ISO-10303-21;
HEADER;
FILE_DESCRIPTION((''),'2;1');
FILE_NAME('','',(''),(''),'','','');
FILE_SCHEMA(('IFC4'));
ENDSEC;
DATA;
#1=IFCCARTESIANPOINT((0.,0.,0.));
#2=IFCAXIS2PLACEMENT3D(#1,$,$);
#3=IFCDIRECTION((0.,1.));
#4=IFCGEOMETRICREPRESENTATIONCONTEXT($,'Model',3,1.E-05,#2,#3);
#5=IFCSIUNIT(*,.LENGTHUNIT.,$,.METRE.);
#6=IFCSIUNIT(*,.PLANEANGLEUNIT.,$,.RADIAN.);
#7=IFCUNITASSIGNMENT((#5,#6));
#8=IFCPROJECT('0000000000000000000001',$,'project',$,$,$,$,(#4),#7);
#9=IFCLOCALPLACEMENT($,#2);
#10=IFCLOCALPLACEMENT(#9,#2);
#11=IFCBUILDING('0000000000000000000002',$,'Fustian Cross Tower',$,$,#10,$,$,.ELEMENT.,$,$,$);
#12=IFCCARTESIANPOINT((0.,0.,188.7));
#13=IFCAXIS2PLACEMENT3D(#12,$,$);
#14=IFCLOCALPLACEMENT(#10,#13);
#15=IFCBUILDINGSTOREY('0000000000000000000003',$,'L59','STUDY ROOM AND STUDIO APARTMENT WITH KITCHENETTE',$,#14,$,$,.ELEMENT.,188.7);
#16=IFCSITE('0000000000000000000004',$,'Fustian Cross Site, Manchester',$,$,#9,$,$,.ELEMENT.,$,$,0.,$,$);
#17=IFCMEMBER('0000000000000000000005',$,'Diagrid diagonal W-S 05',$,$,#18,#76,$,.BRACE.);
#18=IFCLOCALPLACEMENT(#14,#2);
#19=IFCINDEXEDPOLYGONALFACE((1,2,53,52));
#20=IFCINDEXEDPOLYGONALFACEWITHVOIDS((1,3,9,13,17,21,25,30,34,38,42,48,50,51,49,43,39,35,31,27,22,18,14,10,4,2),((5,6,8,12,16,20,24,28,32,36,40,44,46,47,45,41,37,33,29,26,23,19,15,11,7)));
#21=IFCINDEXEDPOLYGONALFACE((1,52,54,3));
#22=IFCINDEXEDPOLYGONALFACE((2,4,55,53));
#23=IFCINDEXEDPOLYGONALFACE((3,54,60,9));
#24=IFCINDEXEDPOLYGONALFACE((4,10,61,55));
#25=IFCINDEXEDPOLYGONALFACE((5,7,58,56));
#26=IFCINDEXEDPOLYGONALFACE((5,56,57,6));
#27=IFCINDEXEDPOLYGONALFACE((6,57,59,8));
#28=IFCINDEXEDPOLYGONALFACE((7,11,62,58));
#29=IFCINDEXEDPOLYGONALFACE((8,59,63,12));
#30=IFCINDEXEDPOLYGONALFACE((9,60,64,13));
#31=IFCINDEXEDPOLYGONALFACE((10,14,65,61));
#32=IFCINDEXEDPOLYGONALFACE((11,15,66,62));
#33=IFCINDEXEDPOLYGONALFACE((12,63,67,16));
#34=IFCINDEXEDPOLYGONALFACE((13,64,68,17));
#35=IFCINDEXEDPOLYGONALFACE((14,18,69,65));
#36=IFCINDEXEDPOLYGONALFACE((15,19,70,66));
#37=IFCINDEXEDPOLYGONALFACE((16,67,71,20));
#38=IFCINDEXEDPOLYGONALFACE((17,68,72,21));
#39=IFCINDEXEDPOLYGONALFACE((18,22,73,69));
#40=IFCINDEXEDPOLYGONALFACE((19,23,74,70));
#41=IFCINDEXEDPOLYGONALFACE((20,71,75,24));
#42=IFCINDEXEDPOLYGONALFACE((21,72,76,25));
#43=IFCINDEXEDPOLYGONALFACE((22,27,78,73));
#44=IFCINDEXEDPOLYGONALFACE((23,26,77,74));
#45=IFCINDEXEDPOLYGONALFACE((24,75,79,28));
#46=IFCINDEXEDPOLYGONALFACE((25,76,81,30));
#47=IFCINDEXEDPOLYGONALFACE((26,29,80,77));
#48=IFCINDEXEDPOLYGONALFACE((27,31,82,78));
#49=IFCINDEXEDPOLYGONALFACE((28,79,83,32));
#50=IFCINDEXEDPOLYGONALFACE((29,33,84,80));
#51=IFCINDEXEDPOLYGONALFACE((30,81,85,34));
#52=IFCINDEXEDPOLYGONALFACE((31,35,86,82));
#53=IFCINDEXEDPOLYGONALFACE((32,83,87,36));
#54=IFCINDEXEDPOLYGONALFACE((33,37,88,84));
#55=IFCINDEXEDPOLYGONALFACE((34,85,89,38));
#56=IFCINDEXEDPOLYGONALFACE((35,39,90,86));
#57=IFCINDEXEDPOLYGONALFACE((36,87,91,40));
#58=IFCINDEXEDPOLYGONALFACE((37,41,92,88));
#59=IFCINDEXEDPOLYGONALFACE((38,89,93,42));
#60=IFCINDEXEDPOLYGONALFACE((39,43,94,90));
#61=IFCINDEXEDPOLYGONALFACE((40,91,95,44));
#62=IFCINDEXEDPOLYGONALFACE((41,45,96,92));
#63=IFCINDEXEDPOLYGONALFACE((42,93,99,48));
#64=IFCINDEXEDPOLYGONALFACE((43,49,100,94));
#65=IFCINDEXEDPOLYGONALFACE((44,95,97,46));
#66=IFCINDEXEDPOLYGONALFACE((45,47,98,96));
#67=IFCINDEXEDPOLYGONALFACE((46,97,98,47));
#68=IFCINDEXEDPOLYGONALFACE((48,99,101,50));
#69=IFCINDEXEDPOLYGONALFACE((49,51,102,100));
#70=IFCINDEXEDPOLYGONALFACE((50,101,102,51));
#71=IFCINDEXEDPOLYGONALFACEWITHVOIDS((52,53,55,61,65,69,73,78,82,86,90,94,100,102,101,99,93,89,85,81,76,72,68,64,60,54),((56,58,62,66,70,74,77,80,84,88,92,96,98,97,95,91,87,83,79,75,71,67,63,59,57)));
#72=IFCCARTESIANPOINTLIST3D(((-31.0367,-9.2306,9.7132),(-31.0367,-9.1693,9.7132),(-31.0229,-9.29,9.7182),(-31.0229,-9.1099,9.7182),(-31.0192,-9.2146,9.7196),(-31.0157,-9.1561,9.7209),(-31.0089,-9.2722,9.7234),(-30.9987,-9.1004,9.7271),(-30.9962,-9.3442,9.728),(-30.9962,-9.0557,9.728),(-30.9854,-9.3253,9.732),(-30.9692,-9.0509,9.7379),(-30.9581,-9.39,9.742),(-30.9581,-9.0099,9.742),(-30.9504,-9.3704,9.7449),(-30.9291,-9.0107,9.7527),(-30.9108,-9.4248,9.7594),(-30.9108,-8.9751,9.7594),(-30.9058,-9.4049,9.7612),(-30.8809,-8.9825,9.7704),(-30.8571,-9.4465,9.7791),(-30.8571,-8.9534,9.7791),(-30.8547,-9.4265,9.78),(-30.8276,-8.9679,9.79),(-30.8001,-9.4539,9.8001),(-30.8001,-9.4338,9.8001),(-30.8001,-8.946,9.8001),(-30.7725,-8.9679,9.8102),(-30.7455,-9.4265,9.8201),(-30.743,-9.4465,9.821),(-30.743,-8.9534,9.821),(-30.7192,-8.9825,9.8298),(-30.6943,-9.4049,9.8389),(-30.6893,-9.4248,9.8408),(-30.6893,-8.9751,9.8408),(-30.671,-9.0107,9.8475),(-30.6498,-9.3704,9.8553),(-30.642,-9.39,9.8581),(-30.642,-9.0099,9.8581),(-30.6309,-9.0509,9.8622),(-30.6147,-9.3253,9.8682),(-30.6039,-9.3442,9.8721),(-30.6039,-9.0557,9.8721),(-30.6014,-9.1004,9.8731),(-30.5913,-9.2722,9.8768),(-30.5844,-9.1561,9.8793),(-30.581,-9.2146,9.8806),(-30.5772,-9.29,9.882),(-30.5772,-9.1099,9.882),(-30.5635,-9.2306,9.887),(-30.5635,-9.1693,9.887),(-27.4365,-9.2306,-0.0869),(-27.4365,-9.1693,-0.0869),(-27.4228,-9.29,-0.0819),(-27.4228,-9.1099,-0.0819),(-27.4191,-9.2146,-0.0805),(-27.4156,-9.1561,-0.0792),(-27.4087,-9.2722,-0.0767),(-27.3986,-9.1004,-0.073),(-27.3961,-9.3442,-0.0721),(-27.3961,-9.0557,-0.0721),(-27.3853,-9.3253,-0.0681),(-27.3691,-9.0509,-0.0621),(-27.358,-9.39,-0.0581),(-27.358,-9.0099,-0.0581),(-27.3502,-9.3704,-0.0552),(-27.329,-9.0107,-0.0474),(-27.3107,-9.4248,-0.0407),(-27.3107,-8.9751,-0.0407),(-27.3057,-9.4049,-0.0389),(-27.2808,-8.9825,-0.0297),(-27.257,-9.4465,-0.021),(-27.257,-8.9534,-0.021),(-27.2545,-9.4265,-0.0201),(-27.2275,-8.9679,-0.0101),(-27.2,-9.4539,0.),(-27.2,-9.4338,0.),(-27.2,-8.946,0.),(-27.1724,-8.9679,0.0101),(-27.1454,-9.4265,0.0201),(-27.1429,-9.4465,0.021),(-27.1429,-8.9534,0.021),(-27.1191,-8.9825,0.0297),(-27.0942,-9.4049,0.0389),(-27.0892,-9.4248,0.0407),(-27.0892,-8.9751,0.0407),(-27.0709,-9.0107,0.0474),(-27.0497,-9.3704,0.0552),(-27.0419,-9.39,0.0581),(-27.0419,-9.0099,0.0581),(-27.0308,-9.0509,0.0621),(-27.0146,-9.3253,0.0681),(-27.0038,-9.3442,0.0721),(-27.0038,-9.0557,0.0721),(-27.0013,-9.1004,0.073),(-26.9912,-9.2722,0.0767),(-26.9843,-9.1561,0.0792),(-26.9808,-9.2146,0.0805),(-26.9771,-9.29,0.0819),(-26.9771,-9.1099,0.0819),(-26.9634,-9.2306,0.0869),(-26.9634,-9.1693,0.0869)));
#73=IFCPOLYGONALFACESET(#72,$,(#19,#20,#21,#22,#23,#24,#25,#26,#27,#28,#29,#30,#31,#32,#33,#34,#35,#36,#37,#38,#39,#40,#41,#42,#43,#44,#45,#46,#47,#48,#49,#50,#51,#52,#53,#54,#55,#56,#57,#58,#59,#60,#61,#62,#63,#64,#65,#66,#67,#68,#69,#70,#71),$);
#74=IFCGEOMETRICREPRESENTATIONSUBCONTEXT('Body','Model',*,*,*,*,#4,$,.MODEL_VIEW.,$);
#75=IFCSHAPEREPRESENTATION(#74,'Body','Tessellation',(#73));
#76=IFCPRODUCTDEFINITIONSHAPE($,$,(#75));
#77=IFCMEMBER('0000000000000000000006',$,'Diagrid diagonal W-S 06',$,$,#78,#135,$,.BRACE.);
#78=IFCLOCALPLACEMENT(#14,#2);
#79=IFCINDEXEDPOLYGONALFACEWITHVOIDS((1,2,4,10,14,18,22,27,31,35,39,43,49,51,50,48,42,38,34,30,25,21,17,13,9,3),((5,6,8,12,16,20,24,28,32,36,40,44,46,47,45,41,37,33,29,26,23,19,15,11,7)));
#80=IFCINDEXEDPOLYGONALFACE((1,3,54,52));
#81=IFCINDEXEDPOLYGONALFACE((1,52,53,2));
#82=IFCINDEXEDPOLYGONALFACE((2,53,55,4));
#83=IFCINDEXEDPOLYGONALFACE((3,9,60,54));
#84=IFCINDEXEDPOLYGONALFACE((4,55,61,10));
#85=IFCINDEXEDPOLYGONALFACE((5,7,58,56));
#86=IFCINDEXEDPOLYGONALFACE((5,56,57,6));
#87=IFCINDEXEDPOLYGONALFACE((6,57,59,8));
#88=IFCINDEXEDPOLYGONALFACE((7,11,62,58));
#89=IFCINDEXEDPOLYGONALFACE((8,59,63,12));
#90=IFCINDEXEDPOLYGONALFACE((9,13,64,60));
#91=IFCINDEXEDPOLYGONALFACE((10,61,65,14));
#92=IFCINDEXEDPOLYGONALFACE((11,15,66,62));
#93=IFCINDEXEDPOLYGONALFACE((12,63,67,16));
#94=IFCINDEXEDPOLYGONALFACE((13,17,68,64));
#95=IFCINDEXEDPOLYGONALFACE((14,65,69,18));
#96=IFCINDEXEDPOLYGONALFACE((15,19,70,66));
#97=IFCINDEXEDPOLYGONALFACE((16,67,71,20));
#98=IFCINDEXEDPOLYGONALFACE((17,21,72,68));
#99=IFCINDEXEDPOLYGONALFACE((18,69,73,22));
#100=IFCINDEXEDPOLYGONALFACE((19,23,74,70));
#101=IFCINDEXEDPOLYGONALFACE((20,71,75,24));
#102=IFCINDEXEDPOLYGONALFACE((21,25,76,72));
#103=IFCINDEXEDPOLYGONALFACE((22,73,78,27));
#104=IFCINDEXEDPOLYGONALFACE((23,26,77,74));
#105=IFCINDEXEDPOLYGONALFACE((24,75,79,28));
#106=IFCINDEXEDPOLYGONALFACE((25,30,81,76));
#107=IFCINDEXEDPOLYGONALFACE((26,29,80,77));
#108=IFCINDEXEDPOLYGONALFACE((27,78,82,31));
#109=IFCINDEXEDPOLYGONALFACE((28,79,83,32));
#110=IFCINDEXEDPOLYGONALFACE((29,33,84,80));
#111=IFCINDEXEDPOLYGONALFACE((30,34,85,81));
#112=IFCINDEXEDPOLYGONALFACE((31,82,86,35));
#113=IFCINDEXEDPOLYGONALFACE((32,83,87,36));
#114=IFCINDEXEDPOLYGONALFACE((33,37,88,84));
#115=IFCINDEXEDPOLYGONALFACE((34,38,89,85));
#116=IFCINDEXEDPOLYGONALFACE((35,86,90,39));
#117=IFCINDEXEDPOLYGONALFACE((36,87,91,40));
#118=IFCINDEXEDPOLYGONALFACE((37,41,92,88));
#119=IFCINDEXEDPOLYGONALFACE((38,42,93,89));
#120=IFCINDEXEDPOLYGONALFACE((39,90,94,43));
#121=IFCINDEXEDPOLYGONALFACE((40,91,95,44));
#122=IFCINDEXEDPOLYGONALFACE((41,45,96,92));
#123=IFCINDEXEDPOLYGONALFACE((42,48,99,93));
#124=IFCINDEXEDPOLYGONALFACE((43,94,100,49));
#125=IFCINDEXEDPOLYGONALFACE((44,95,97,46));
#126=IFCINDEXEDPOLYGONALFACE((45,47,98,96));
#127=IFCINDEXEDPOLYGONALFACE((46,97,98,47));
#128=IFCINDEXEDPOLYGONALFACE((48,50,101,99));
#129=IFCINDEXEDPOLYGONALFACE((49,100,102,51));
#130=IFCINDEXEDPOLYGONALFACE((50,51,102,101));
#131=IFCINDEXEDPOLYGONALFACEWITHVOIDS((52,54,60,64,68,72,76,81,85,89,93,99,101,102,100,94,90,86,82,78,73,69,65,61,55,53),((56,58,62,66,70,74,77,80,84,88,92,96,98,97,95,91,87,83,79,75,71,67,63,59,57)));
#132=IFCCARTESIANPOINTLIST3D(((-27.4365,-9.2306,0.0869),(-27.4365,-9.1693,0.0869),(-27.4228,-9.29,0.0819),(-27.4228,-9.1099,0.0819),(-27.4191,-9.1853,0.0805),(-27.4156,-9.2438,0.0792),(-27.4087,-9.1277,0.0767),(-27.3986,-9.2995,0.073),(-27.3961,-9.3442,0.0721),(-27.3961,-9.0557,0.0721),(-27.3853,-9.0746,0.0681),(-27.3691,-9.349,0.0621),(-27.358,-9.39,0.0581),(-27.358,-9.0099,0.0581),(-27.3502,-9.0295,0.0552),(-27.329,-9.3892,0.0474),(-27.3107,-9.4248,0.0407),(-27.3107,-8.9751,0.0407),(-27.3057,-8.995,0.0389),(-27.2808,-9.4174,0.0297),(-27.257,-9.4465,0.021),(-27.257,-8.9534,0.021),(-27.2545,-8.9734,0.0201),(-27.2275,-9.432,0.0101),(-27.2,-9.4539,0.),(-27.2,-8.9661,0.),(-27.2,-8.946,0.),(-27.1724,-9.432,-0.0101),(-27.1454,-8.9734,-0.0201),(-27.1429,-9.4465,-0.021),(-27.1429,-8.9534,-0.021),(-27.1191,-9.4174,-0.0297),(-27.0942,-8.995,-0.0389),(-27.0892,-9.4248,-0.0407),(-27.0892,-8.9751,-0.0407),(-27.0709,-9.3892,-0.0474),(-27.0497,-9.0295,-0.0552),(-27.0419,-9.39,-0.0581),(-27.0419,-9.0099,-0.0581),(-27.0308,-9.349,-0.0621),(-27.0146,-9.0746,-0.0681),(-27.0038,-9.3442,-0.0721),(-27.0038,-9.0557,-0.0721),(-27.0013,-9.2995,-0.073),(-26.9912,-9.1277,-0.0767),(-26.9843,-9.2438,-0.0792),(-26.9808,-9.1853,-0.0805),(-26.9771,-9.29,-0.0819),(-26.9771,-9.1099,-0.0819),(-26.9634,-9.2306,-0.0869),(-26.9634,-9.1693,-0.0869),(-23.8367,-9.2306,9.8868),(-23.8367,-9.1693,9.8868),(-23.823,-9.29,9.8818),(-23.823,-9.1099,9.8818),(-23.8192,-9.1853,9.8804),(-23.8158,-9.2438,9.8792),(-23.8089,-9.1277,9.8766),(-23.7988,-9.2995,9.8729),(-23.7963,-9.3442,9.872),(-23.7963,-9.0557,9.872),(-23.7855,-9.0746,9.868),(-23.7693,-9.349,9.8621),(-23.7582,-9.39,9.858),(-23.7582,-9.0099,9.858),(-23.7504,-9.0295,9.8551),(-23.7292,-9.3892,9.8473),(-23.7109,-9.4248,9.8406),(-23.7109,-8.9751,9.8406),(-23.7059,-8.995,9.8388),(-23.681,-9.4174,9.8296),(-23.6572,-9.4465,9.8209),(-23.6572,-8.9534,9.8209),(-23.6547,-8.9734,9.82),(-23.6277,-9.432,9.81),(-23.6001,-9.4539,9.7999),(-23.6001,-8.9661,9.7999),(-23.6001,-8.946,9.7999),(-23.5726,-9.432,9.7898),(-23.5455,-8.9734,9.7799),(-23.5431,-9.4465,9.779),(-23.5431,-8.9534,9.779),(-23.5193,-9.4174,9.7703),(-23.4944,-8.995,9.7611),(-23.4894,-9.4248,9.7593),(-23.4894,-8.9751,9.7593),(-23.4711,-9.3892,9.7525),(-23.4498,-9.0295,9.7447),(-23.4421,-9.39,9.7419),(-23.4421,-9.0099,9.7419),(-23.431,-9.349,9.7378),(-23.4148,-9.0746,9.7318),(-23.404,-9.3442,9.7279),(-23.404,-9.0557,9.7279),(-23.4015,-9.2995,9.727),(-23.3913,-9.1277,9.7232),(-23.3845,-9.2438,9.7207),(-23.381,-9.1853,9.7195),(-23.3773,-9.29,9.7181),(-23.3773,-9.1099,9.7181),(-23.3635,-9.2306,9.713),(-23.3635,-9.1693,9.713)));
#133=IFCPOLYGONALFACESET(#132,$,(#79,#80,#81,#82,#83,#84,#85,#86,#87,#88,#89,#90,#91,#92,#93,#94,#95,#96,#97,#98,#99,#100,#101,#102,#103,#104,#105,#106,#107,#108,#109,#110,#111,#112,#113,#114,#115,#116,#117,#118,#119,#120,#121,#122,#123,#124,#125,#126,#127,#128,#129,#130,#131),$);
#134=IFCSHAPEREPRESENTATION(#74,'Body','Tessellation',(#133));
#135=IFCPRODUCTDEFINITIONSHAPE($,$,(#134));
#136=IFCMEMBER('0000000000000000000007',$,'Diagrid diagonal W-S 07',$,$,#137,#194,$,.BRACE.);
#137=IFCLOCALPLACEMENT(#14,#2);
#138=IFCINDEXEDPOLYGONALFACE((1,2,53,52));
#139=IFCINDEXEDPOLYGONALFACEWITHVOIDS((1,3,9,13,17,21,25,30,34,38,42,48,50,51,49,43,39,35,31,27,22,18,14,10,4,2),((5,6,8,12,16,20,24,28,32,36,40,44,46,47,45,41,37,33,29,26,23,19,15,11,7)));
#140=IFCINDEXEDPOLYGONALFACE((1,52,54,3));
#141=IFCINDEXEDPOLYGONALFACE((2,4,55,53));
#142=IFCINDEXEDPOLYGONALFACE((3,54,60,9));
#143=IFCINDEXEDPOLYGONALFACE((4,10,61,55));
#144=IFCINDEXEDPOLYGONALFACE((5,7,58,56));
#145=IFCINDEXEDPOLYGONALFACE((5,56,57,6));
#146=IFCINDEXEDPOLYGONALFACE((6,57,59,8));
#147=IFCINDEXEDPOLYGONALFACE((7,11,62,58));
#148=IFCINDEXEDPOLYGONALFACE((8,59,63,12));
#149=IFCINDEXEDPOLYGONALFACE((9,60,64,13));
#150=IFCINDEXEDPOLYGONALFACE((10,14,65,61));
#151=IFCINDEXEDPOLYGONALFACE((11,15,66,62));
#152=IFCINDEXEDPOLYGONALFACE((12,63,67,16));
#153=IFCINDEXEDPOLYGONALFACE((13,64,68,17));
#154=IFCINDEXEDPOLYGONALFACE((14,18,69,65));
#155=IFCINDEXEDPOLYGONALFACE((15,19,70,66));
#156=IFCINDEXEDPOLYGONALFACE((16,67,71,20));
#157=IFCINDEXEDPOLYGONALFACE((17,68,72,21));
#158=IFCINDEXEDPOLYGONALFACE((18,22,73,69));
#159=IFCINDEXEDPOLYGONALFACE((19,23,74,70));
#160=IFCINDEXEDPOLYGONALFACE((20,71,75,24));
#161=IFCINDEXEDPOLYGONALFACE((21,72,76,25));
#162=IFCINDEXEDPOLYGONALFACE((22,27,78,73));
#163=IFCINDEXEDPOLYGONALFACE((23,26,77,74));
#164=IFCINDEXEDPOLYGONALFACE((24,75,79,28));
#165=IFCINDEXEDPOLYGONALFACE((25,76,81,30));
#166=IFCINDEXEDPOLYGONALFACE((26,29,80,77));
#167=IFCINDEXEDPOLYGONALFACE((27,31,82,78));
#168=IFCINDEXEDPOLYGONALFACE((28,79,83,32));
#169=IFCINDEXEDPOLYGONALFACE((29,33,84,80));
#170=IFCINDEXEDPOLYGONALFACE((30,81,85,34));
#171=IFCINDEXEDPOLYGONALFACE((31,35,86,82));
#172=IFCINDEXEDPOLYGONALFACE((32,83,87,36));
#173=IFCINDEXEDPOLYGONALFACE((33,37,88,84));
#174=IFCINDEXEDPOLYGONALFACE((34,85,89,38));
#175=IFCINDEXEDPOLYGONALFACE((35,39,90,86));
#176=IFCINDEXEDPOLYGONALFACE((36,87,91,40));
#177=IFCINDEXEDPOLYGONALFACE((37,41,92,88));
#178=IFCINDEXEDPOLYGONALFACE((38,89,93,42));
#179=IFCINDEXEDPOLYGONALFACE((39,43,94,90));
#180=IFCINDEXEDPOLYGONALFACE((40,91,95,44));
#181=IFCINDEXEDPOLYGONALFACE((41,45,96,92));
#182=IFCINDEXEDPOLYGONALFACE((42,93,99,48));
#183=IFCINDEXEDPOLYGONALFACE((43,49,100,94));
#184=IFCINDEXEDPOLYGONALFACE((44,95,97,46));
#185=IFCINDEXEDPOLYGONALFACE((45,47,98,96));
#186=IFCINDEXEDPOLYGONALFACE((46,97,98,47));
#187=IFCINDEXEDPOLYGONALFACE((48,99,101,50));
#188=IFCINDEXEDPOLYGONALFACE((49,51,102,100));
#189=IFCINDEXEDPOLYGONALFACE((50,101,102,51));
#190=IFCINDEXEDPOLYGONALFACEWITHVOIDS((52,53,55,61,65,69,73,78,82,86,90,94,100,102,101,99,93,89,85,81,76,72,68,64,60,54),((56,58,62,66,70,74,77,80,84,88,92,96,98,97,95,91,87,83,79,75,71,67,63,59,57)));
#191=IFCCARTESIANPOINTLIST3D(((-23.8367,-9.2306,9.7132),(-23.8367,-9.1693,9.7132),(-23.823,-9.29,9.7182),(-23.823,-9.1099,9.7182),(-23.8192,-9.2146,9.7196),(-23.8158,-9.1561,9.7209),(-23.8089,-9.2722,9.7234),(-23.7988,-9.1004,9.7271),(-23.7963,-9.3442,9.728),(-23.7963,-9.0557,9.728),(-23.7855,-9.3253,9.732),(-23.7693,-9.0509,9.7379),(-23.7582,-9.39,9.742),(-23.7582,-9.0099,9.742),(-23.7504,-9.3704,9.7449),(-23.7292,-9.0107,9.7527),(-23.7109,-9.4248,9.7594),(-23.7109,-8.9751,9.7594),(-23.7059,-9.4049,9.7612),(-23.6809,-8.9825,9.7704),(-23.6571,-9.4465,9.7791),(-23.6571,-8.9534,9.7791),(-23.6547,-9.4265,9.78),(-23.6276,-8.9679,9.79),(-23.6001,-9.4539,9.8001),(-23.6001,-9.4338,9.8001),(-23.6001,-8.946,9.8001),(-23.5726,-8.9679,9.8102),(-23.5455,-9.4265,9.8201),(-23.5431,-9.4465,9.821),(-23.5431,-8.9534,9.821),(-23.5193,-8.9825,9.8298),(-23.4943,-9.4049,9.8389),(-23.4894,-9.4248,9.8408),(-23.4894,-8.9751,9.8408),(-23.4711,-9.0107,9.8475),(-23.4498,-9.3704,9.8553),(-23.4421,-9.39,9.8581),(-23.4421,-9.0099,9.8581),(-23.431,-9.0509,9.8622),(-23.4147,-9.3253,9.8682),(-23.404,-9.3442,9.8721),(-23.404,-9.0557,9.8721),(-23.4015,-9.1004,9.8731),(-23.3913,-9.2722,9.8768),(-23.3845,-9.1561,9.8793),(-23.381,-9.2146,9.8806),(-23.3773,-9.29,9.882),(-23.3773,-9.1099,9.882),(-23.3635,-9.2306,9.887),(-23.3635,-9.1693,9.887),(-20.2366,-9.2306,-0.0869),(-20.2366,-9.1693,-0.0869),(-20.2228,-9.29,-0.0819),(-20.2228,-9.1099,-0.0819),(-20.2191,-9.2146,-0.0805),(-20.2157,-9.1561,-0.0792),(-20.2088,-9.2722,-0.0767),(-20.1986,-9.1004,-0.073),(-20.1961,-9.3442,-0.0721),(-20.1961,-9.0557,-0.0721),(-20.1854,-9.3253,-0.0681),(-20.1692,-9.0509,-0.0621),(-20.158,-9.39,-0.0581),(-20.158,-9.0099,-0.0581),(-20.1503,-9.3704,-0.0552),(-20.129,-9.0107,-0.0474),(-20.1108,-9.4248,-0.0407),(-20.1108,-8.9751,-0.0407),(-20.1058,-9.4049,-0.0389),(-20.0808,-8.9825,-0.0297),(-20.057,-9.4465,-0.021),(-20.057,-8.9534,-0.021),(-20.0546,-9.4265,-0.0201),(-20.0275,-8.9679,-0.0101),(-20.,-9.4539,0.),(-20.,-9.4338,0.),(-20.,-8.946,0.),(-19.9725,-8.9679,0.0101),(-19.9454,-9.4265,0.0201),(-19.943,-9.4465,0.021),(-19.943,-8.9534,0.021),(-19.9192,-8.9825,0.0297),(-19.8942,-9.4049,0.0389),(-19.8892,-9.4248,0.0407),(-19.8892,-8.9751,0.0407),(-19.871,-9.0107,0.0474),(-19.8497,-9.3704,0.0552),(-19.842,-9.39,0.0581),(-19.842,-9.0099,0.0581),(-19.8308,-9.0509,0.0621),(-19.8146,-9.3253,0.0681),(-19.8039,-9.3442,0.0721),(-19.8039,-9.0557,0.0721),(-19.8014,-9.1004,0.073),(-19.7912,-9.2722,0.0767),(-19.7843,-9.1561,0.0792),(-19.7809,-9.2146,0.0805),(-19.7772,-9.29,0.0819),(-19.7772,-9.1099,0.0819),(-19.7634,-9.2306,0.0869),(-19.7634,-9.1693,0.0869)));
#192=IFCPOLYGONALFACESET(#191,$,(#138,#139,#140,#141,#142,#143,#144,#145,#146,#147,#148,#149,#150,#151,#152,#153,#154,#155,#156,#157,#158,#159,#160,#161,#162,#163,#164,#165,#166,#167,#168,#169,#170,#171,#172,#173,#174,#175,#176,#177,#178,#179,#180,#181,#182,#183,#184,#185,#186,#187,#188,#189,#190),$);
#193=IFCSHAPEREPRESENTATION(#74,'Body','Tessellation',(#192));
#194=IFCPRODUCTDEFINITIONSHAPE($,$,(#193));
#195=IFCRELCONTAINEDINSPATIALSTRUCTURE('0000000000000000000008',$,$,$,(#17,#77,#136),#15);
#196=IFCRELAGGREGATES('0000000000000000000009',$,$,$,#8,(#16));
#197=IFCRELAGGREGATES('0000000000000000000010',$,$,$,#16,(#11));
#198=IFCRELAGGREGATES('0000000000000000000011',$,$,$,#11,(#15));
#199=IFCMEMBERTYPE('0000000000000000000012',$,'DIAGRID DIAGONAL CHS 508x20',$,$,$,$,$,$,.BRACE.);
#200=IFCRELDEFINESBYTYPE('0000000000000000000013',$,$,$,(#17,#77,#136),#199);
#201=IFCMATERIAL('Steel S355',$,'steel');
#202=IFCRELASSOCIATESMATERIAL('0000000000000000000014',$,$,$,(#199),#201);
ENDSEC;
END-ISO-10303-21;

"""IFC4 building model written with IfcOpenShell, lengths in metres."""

from ifc_helpers import new_model, si_unit, direction, frame, origin, origin_2d, place, context, subcontext, project, spatial, hollow_circle, extrude, material, material_profile, profile_set, type_object, element, save


model = new_model("IFC4")

# Units and contexts
model_context = context("Model", 3, precision=1e-05, world=origin(), true_north=direction((0.0, 1.0)))
body_context = subcontext(model_context, "Body", "Model", "MODEL_VIEW")
ifc_project = project(units=[si_unit("LENGTHUNIT", "METRE"), si_unit("PLANEANGLEUNIT", "RADIAN")], contexts=[model_context])

# Site, building, storey
site_placement = place(None, origin())
site = spatial("IfcSite", under=ifc_project, at=site_placement, Name="Fustian Cross Site, Manchester", CompositionType="ELEMENT", RefElevation=0.0)
building_placement = place(site_placement, origin())
building = spatial("IfcBuilding", under=site, at=building_placement, Name="Fustian Cross Tower", CompositionType="ELEMENT")
storey_placement = place(building_placement, frame((0.0, 0.0, 188.7)))
storey = spatial("IfcBuildingStorey", under=building, at=storey_placement, Name="L59", Description="STUDY ROOM AND STUDIO APARTMENT WITH KITCHENETTE", CompositionType="ELEMENT", Elevation=188.7)

# Members
ifc_material_1 = material(Name="Steel S355", Category="steel")
ifc_material_profile_1 = material_profile(ifc_material_1, hollow_circle(Radius=0.2539, WallThickness=0.02, at=origin_2d()), Name="CHS 508x20")
ifc_profile_set_1 = profile_set([ifc_material_profile_1], Name="Steel S355")
member_type = type_object("IfcMemberType", Name="DIAGRID DIAGONAL CHS 508x20", PredefinedType="BRACE", material=ifc_profile_set_1)
member_1_placement = place(storey_placement, frame((-27.2, -9.2, 0.0), z_axis=(-0.344824, 0.0, 0.938667), x_axis=(0.0, -1.0, 0.0)))
element("IfcMember", 1, at=member_1_placement, inside=storey, type_object=member_type, Name="Diagrid diagonal W-S 05", PredefinedType="BRACE", context=body_context, shape_type="SweptSolid", body=[
    extrude(hollow_circle(Radius=0.2539, WallThickness=0.02, at=origin_2d()), origin(), (0.0, 0.0, 1.0), 10.4404),
])
member_2_placement = place(storey_placement, frame((-27.2, -9.2, 0.0), z_axis=(0.344804, 0.0, 0.938675), x_axis=(0.0, 1.0, 0.0)))
element("IfcMember", 2, at=member_2_placement, inside=storey, type_object=member_type, Name="Diagrid diagonal W-S 06", PredefinedType="BRACE", context=body_context, shape_type="SweptSolid", body=[
    extrude(hollow_circle(Radius=0.2539, WallThickness=0.02, at=origin_2d()), origin(), (0.0, 0.0, 1.0), 10.4402),
])
for number, where, z_axis, x_axis, name in (
    (3, (-20.0, -9.2, 0.0), (-0.344824, 0.0, 0.938667), (0.0, -1.0, 0.0), "Diagrid diagonal W-S 07"),
):
    element("IfcMember", number, at=place(storey_placement, frame(where, z_axis=z_axis, x_axis=x_axis)), inside=storey, type_object=member_type, Name=name, PredefinedType="BRACE", context=body_context, shape_type="SweptSolid", body=[
        extrude(hollow_circle(Radius=0.2539, WallThickness=0.02, at=origin_2d()), origin(), (0.0, 0.0, 1.0), 10.4404),
    ])

save(model, "model.ifc")
